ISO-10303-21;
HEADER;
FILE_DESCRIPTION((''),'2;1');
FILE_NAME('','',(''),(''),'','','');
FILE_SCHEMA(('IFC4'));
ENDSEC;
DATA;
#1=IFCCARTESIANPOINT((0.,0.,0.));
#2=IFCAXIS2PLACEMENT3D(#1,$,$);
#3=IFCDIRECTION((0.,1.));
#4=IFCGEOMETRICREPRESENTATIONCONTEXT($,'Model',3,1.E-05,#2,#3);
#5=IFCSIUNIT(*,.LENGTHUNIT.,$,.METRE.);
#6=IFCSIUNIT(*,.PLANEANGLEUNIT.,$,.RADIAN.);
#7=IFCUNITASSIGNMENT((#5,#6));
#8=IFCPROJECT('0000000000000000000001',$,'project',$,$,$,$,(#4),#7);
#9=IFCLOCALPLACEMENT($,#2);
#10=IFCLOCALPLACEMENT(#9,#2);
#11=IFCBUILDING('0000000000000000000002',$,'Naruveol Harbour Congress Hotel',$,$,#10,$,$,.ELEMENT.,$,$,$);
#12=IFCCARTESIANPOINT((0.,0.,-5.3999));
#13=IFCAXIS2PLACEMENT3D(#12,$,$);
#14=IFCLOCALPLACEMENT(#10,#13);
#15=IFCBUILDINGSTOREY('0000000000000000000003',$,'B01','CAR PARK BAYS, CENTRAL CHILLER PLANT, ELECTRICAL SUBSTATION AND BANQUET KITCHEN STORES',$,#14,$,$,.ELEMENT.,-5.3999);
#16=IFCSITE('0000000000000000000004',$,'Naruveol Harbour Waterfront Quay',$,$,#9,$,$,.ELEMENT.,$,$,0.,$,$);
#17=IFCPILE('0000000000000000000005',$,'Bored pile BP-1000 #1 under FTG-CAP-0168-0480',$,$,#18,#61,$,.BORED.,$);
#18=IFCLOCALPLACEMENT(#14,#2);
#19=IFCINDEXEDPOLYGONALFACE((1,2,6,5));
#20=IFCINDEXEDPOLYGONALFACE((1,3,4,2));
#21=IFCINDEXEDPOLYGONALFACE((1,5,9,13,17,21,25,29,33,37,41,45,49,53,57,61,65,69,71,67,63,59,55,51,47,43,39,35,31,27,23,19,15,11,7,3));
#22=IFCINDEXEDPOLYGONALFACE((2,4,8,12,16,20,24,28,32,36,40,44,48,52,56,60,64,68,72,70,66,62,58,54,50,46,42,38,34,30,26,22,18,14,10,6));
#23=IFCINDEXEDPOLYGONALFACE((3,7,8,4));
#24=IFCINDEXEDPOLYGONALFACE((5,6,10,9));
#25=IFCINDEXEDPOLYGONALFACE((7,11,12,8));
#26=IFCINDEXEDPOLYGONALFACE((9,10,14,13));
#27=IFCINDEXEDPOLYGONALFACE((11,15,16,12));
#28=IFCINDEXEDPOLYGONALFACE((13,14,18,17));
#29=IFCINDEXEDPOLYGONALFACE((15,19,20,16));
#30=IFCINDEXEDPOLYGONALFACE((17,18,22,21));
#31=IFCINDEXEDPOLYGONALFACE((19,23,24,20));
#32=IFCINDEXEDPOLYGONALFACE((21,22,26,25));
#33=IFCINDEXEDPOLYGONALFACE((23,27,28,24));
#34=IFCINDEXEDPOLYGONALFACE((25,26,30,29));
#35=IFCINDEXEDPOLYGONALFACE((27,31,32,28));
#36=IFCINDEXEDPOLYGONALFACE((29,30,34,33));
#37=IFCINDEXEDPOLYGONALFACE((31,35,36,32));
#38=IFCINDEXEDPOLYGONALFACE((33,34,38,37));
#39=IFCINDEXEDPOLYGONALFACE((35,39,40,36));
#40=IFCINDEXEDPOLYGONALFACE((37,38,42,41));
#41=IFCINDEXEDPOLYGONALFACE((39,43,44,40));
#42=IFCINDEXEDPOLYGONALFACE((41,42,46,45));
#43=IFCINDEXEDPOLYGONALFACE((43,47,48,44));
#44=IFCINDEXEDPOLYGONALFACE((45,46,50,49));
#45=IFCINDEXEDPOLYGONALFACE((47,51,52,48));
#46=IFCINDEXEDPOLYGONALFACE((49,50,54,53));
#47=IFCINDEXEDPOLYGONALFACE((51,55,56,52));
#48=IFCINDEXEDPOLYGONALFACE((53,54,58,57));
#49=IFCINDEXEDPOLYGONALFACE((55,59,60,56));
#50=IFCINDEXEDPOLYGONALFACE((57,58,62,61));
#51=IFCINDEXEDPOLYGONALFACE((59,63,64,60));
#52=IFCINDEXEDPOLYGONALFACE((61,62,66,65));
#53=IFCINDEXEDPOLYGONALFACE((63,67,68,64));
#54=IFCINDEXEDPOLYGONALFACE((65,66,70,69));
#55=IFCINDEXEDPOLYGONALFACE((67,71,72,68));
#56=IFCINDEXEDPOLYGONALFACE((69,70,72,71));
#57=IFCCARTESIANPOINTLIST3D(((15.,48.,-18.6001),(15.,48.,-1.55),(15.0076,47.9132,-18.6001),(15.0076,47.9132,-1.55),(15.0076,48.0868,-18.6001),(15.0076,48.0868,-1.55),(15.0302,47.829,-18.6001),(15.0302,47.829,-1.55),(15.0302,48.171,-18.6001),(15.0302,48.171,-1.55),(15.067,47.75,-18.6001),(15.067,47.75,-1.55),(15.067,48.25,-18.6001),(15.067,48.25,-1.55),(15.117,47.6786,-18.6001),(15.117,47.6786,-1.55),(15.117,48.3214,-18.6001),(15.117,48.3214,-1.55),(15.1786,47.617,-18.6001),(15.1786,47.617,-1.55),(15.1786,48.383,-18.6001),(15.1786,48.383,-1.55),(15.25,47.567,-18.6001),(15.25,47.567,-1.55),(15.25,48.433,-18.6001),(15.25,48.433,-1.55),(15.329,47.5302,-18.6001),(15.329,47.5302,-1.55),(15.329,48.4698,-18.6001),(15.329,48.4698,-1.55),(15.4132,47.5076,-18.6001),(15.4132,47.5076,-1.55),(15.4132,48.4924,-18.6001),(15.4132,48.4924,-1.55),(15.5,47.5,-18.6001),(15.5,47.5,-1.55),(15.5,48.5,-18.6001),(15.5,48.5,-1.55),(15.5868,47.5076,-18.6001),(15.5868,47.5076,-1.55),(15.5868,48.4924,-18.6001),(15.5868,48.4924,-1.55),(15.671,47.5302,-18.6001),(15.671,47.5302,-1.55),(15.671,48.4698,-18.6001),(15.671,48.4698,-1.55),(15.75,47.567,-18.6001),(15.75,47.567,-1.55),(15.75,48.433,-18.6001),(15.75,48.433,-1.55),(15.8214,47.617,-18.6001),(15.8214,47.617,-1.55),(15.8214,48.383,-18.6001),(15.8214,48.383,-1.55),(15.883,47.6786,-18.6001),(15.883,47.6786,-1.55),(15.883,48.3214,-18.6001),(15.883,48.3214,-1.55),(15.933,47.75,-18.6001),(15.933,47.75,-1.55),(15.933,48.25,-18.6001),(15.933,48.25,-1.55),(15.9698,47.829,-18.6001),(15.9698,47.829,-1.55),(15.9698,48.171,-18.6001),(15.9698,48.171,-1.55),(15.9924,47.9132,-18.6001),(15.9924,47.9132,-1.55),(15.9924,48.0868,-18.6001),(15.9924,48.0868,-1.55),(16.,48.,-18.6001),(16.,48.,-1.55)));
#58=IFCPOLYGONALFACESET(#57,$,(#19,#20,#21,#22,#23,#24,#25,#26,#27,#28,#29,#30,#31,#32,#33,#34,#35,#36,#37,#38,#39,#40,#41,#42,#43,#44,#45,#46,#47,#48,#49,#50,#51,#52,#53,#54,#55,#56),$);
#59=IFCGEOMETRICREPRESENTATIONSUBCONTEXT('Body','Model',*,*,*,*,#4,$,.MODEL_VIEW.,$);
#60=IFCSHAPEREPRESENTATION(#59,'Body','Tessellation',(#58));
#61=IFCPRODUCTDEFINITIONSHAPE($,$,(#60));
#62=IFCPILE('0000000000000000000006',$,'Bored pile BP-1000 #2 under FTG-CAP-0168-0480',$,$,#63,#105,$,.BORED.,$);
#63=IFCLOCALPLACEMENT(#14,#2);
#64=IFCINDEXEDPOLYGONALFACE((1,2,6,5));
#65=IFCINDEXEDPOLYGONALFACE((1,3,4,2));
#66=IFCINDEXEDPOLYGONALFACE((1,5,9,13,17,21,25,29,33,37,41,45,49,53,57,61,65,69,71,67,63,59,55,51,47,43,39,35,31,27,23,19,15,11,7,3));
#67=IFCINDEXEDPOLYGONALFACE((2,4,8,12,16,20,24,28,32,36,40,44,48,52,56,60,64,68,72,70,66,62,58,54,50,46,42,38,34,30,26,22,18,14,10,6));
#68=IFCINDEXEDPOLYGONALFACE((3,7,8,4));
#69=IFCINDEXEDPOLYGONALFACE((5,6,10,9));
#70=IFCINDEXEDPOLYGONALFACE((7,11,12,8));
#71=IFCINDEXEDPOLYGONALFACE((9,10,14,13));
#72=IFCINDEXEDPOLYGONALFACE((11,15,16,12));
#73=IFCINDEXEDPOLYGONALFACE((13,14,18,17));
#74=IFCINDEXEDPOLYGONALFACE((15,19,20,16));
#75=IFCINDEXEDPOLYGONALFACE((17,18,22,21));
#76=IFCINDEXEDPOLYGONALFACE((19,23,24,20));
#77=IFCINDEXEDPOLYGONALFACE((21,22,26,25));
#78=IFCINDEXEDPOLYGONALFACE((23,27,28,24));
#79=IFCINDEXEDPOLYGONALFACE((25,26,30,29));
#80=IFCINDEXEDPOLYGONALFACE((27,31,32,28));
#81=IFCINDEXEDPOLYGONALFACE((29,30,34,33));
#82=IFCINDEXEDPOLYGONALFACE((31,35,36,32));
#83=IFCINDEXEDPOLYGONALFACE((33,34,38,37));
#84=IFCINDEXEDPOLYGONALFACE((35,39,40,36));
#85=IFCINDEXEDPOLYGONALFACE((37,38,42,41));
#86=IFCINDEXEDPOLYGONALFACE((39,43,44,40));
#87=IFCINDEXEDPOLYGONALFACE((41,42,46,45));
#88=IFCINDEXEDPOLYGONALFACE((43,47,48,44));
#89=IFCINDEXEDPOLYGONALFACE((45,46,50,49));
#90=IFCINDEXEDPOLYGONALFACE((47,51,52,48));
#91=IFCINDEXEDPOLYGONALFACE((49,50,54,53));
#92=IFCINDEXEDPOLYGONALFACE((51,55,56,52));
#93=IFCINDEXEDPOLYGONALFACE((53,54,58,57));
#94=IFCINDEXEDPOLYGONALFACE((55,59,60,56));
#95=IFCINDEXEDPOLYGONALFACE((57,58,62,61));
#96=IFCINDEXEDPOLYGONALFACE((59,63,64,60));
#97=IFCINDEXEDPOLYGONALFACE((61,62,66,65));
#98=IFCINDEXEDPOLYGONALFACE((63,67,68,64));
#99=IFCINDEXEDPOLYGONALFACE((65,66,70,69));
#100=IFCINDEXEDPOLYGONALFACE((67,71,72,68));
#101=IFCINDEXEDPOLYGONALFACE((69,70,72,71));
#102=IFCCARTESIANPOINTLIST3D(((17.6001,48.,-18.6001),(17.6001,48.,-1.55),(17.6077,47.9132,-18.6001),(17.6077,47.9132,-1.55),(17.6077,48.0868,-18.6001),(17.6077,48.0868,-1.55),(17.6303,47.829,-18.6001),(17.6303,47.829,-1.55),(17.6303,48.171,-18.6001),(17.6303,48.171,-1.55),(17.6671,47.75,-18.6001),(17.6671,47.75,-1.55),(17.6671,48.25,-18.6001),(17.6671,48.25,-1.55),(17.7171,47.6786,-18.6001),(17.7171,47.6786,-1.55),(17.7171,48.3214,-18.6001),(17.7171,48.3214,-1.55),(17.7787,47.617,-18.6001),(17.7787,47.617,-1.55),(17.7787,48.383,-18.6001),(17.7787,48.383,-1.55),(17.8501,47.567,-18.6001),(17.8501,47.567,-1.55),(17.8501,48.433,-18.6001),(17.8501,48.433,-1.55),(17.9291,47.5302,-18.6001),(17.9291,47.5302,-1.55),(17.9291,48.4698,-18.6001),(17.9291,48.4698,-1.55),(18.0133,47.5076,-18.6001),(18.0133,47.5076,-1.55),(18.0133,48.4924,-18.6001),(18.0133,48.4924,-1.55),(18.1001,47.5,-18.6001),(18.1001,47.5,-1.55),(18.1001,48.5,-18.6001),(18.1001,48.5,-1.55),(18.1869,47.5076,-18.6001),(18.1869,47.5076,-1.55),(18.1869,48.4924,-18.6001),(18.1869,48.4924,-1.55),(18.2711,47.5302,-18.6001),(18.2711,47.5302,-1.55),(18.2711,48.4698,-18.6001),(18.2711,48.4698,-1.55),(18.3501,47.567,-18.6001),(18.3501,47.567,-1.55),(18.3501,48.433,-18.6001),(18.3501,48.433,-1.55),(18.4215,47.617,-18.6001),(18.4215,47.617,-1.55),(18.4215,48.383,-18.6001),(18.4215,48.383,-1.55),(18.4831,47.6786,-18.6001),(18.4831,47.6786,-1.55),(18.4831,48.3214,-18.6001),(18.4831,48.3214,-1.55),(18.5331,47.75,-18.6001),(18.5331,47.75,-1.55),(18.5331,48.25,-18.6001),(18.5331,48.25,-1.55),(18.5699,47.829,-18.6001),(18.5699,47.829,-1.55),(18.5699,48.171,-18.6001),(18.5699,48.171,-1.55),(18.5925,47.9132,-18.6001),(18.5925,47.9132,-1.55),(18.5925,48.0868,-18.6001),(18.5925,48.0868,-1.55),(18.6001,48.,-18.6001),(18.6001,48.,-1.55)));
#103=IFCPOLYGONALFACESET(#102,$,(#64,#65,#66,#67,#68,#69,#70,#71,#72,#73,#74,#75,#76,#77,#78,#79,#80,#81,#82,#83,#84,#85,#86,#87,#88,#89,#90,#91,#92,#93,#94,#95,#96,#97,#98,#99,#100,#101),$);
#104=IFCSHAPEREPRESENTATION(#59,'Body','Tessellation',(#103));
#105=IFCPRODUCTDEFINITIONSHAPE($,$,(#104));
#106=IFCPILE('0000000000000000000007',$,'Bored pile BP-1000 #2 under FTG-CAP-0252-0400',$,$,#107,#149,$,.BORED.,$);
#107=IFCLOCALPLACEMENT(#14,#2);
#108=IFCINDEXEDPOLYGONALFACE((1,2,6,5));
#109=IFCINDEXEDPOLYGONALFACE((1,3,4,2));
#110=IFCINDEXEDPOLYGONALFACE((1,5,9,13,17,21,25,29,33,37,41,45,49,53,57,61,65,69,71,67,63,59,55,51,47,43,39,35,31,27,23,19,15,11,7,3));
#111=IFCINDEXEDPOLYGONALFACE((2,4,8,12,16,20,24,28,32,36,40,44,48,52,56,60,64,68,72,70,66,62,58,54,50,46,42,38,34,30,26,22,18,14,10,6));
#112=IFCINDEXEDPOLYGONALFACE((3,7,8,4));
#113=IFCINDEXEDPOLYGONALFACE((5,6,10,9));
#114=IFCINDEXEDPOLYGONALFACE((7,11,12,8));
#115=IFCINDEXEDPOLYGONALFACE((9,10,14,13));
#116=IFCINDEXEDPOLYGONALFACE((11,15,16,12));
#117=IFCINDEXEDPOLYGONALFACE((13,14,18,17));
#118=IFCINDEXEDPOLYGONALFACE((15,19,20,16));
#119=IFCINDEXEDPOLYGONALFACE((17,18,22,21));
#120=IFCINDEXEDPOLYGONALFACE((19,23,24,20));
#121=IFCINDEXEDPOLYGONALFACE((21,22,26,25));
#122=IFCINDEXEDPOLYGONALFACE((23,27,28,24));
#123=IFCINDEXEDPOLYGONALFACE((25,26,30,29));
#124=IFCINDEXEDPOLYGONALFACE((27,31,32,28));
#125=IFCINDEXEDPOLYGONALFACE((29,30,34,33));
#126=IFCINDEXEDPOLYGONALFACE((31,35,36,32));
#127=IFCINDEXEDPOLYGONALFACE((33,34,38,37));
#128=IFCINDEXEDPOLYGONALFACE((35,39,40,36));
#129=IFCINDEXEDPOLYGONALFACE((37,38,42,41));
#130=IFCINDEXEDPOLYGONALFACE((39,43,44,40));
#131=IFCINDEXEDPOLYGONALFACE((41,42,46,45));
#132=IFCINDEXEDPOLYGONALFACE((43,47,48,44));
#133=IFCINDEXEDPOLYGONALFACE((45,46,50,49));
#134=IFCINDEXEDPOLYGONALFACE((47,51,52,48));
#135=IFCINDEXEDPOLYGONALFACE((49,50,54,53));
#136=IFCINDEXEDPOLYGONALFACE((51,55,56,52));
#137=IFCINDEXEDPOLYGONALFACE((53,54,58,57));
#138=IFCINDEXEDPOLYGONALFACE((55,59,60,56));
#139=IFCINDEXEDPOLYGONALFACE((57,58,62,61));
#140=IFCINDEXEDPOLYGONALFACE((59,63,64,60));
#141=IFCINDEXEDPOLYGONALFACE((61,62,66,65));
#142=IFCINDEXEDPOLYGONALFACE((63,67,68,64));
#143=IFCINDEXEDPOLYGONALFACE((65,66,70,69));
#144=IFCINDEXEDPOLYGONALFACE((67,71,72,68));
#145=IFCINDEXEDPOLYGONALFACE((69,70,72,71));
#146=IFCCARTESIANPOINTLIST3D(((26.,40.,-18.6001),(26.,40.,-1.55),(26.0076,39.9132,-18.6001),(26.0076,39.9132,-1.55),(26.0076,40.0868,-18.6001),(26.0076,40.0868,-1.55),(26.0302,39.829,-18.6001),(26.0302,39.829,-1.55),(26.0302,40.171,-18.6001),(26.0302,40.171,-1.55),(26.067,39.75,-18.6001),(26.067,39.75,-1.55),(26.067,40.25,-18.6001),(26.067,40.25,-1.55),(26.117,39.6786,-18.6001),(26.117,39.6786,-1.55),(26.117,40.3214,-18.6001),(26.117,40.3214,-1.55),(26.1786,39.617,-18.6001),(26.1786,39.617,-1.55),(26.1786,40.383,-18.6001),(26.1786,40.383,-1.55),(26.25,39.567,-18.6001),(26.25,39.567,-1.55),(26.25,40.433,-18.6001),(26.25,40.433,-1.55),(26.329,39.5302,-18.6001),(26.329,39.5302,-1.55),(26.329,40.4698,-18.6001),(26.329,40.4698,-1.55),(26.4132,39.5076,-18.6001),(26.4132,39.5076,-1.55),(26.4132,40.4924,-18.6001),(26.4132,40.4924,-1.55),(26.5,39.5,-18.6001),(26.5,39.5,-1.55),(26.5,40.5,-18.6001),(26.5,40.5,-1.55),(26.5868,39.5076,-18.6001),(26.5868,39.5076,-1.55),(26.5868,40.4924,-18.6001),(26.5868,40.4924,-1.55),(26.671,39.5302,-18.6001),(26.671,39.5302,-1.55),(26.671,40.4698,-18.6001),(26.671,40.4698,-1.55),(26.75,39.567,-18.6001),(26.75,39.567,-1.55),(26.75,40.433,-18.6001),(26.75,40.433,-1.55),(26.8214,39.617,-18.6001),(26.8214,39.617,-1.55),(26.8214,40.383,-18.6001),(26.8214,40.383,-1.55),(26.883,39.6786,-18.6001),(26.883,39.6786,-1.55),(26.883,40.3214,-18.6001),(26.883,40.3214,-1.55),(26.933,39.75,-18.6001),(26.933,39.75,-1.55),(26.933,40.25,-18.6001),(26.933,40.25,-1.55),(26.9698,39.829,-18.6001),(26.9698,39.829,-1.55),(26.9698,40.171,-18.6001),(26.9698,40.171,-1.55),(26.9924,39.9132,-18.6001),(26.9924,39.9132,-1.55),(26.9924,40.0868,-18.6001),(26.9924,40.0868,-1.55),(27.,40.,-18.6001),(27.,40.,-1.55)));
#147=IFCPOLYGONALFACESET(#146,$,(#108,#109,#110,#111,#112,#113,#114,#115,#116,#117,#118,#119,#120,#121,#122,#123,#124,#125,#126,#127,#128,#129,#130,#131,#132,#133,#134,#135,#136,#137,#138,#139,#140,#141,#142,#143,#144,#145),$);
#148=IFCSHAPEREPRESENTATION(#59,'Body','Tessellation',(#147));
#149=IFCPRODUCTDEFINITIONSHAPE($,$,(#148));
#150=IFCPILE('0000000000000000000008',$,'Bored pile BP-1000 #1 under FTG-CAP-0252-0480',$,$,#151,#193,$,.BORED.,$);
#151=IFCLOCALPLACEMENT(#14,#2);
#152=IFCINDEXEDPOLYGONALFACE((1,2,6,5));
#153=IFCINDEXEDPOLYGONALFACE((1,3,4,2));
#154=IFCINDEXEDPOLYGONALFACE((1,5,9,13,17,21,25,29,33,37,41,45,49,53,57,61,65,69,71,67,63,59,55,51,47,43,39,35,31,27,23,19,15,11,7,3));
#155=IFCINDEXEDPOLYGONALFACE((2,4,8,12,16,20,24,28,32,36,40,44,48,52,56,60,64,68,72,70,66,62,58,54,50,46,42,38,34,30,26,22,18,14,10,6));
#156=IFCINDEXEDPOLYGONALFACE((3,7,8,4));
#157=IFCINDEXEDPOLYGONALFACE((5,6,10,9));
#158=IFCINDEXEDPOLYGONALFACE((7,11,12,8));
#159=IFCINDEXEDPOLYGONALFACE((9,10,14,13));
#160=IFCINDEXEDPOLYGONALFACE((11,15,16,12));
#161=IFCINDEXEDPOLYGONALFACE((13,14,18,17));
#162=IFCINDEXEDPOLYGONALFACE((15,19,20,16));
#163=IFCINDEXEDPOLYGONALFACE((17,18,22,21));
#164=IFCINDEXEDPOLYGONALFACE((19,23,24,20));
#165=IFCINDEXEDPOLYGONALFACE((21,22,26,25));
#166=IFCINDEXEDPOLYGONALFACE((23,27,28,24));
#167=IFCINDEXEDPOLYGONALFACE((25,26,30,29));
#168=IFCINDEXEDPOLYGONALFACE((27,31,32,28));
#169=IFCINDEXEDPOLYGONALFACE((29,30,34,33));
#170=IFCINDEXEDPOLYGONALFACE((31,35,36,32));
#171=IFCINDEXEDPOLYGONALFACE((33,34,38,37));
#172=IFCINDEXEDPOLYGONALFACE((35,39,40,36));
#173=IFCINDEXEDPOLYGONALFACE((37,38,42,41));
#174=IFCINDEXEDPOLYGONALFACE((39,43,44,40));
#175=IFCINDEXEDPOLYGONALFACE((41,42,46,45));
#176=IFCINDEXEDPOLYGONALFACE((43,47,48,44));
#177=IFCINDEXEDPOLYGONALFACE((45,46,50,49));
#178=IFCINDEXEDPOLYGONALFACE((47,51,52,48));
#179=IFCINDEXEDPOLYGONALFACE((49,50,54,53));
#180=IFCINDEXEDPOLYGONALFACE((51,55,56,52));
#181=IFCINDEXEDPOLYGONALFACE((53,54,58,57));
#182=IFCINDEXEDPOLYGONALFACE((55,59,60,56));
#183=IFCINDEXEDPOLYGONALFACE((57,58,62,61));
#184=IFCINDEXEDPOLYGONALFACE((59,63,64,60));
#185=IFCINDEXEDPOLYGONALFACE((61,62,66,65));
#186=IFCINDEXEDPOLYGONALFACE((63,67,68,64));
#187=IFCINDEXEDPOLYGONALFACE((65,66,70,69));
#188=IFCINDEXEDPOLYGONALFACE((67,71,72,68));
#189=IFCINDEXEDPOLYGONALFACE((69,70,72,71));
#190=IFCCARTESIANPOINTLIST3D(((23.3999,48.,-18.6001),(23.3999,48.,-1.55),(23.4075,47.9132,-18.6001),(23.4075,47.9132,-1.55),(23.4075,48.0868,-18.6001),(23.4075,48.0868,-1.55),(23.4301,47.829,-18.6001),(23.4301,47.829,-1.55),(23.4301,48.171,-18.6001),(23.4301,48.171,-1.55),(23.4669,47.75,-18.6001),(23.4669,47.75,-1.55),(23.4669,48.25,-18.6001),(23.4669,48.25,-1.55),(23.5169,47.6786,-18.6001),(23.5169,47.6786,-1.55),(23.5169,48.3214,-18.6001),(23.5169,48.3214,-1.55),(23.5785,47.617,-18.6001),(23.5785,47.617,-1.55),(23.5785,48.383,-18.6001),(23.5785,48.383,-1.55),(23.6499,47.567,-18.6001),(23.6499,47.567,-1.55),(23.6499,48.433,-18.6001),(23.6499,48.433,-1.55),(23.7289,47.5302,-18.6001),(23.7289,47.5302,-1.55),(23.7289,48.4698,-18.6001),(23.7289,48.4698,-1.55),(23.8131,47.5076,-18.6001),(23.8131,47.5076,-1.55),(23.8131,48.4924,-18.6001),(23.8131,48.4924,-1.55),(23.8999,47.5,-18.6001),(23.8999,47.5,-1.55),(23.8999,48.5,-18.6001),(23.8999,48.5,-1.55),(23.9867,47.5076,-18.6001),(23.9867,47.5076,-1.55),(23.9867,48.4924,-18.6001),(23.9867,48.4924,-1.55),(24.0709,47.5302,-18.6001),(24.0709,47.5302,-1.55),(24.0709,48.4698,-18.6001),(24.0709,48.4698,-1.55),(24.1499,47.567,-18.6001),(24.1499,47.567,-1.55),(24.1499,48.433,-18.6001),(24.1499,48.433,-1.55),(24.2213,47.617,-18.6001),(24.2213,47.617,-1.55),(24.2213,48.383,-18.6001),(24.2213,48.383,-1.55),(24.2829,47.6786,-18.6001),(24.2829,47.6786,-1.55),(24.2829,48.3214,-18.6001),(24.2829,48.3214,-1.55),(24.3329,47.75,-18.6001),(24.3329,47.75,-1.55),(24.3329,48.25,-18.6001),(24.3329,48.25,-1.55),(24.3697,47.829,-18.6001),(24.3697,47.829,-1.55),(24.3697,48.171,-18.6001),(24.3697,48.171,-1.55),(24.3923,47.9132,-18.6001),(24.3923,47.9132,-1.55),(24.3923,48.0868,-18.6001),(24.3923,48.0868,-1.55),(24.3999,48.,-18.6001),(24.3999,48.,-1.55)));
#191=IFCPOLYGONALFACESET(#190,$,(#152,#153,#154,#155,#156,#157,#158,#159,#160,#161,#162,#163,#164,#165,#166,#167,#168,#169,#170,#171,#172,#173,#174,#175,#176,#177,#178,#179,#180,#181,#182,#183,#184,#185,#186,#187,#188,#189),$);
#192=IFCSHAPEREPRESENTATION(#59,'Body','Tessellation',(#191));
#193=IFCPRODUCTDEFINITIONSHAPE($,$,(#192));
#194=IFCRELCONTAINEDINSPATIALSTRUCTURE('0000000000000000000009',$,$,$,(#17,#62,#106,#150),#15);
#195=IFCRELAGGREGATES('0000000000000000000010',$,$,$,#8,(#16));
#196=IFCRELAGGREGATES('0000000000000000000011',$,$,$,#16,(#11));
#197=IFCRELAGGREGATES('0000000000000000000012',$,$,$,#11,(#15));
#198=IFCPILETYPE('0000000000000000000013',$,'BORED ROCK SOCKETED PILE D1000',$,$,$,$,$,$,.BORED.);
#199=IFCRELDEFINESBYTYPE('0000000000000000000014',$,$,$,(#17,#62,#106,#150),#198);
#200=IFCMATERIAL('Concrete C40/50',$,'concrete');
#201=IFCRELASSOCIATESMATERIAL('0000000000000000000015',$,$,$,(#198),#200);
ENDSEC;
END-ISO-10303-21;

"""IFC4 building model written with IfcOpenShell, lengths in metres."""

from ifc_helpers import new_model, si_unit, direction, frame, origin, origin_2d, place, context, subcontext, project, spatial, circle, extrude, material, material_profile, profile_set, type_object, element, save


model = new_model("IFC4")

# Units and contexts
model_context = context("Model", 3, precision=1e-05, world=origin(), true_north=direction((0.0, 1.0)))
body_context = subcontext(model_context, "Body", "Model", "MODEL_VIEW")
ifc_project = project(units=[si_unit("LENGTHUNIT", "METRE"), si_unit("PLANEANGLEUNIT", "RADIAN")], contexts=[model_context])

# Site, building, storey
site_placement = place(None, origin())
site = spatial("IfcSite", under=ifc_project, at=site_placement, Name="Naruveol Harbour Waterfront Quay", CompositionType="ELEMENT", RefElevation=0.0)
building_placement = place(site_placement, origin())
building = spatial("IfcBuilding", under=site, at=building_placement, Name="Naruveol Harbour Congress Hotel", CompositionType="ELEMENT")
storey_placement = place(building_placement, frame((0.0, 0.0, -5.3999)))
storey = spatial("IfcBuildingStorey", under=building, at=storey_placement, Name="B01", Description="CAR PARK BAYS, CENTRAL CHILLER PLANT, ELECTRICAL SUBSTATION AND BANQUET KITCHEN STORES", CompositionType="ELEMENT", Elevation=-5.3999)

# Piles
ifc_material_1 = material(Name="Concrete C40/50", Category="concrete")
ifc_material_profile_1 = material_profile(ifc_material_1, circle(Radius=0.5, at=origin_2d()), Name="BP-1000")
ifc_profile_set_1 = profile_set([ifc_material_profile_1], Name="Concrete C40/50")
pile_type = type_object("IfcPileType", Name="BORED ROCK SOCKETED PILE D1000", PredefinedType="BORED", material=ifc_profile_set_1)
for number, where, z_axis, x_axis, name in (
    (1, (15.5, 48.0, -1.55), (0.0, 0.0, -1.0), (1.0, 0.0, 0.0), "Bored pile BP-1000 #1 under FTG-CAP-0168-0480"),
    (2, (18.1001, 48.0, -1.55), (0.0, 0.0, -1.0), (1.0, 0.0, 0.0), "Bored pile BP-1000 #2 under FTG-CAP-0168-0480"),
    (3, (26.5, 40.0, -1.55), (0.0, 0.0, -1.0), (1.0, 0.0, 0.0), "Bored pile BP-1000 #2 under FTG-CAP-0252-0400"),
    (4, (23.8999, 48.0, -1.55), (0.0, 0.0, -1.0), (1.0, 0.0, 0.0), "Bored pile BP-1000 #1 under FTG-CAP-0252-0480"),
):
    element("IfcPile", number, at=place(storey_placement, frame(where, z_axis=z_axis, x_axis=x_axis)), inside=storey, type_object=pile_type, Name=name, PredefinedType="BORED", context=body_context, shape_type="SweptSolid", body=[
        extrude(circle(Radius=0.5, at=origin_2d()), origin(), (0.0, 0.0, 1.0), 17.05),
    ])

save(model, "model.ifc")
